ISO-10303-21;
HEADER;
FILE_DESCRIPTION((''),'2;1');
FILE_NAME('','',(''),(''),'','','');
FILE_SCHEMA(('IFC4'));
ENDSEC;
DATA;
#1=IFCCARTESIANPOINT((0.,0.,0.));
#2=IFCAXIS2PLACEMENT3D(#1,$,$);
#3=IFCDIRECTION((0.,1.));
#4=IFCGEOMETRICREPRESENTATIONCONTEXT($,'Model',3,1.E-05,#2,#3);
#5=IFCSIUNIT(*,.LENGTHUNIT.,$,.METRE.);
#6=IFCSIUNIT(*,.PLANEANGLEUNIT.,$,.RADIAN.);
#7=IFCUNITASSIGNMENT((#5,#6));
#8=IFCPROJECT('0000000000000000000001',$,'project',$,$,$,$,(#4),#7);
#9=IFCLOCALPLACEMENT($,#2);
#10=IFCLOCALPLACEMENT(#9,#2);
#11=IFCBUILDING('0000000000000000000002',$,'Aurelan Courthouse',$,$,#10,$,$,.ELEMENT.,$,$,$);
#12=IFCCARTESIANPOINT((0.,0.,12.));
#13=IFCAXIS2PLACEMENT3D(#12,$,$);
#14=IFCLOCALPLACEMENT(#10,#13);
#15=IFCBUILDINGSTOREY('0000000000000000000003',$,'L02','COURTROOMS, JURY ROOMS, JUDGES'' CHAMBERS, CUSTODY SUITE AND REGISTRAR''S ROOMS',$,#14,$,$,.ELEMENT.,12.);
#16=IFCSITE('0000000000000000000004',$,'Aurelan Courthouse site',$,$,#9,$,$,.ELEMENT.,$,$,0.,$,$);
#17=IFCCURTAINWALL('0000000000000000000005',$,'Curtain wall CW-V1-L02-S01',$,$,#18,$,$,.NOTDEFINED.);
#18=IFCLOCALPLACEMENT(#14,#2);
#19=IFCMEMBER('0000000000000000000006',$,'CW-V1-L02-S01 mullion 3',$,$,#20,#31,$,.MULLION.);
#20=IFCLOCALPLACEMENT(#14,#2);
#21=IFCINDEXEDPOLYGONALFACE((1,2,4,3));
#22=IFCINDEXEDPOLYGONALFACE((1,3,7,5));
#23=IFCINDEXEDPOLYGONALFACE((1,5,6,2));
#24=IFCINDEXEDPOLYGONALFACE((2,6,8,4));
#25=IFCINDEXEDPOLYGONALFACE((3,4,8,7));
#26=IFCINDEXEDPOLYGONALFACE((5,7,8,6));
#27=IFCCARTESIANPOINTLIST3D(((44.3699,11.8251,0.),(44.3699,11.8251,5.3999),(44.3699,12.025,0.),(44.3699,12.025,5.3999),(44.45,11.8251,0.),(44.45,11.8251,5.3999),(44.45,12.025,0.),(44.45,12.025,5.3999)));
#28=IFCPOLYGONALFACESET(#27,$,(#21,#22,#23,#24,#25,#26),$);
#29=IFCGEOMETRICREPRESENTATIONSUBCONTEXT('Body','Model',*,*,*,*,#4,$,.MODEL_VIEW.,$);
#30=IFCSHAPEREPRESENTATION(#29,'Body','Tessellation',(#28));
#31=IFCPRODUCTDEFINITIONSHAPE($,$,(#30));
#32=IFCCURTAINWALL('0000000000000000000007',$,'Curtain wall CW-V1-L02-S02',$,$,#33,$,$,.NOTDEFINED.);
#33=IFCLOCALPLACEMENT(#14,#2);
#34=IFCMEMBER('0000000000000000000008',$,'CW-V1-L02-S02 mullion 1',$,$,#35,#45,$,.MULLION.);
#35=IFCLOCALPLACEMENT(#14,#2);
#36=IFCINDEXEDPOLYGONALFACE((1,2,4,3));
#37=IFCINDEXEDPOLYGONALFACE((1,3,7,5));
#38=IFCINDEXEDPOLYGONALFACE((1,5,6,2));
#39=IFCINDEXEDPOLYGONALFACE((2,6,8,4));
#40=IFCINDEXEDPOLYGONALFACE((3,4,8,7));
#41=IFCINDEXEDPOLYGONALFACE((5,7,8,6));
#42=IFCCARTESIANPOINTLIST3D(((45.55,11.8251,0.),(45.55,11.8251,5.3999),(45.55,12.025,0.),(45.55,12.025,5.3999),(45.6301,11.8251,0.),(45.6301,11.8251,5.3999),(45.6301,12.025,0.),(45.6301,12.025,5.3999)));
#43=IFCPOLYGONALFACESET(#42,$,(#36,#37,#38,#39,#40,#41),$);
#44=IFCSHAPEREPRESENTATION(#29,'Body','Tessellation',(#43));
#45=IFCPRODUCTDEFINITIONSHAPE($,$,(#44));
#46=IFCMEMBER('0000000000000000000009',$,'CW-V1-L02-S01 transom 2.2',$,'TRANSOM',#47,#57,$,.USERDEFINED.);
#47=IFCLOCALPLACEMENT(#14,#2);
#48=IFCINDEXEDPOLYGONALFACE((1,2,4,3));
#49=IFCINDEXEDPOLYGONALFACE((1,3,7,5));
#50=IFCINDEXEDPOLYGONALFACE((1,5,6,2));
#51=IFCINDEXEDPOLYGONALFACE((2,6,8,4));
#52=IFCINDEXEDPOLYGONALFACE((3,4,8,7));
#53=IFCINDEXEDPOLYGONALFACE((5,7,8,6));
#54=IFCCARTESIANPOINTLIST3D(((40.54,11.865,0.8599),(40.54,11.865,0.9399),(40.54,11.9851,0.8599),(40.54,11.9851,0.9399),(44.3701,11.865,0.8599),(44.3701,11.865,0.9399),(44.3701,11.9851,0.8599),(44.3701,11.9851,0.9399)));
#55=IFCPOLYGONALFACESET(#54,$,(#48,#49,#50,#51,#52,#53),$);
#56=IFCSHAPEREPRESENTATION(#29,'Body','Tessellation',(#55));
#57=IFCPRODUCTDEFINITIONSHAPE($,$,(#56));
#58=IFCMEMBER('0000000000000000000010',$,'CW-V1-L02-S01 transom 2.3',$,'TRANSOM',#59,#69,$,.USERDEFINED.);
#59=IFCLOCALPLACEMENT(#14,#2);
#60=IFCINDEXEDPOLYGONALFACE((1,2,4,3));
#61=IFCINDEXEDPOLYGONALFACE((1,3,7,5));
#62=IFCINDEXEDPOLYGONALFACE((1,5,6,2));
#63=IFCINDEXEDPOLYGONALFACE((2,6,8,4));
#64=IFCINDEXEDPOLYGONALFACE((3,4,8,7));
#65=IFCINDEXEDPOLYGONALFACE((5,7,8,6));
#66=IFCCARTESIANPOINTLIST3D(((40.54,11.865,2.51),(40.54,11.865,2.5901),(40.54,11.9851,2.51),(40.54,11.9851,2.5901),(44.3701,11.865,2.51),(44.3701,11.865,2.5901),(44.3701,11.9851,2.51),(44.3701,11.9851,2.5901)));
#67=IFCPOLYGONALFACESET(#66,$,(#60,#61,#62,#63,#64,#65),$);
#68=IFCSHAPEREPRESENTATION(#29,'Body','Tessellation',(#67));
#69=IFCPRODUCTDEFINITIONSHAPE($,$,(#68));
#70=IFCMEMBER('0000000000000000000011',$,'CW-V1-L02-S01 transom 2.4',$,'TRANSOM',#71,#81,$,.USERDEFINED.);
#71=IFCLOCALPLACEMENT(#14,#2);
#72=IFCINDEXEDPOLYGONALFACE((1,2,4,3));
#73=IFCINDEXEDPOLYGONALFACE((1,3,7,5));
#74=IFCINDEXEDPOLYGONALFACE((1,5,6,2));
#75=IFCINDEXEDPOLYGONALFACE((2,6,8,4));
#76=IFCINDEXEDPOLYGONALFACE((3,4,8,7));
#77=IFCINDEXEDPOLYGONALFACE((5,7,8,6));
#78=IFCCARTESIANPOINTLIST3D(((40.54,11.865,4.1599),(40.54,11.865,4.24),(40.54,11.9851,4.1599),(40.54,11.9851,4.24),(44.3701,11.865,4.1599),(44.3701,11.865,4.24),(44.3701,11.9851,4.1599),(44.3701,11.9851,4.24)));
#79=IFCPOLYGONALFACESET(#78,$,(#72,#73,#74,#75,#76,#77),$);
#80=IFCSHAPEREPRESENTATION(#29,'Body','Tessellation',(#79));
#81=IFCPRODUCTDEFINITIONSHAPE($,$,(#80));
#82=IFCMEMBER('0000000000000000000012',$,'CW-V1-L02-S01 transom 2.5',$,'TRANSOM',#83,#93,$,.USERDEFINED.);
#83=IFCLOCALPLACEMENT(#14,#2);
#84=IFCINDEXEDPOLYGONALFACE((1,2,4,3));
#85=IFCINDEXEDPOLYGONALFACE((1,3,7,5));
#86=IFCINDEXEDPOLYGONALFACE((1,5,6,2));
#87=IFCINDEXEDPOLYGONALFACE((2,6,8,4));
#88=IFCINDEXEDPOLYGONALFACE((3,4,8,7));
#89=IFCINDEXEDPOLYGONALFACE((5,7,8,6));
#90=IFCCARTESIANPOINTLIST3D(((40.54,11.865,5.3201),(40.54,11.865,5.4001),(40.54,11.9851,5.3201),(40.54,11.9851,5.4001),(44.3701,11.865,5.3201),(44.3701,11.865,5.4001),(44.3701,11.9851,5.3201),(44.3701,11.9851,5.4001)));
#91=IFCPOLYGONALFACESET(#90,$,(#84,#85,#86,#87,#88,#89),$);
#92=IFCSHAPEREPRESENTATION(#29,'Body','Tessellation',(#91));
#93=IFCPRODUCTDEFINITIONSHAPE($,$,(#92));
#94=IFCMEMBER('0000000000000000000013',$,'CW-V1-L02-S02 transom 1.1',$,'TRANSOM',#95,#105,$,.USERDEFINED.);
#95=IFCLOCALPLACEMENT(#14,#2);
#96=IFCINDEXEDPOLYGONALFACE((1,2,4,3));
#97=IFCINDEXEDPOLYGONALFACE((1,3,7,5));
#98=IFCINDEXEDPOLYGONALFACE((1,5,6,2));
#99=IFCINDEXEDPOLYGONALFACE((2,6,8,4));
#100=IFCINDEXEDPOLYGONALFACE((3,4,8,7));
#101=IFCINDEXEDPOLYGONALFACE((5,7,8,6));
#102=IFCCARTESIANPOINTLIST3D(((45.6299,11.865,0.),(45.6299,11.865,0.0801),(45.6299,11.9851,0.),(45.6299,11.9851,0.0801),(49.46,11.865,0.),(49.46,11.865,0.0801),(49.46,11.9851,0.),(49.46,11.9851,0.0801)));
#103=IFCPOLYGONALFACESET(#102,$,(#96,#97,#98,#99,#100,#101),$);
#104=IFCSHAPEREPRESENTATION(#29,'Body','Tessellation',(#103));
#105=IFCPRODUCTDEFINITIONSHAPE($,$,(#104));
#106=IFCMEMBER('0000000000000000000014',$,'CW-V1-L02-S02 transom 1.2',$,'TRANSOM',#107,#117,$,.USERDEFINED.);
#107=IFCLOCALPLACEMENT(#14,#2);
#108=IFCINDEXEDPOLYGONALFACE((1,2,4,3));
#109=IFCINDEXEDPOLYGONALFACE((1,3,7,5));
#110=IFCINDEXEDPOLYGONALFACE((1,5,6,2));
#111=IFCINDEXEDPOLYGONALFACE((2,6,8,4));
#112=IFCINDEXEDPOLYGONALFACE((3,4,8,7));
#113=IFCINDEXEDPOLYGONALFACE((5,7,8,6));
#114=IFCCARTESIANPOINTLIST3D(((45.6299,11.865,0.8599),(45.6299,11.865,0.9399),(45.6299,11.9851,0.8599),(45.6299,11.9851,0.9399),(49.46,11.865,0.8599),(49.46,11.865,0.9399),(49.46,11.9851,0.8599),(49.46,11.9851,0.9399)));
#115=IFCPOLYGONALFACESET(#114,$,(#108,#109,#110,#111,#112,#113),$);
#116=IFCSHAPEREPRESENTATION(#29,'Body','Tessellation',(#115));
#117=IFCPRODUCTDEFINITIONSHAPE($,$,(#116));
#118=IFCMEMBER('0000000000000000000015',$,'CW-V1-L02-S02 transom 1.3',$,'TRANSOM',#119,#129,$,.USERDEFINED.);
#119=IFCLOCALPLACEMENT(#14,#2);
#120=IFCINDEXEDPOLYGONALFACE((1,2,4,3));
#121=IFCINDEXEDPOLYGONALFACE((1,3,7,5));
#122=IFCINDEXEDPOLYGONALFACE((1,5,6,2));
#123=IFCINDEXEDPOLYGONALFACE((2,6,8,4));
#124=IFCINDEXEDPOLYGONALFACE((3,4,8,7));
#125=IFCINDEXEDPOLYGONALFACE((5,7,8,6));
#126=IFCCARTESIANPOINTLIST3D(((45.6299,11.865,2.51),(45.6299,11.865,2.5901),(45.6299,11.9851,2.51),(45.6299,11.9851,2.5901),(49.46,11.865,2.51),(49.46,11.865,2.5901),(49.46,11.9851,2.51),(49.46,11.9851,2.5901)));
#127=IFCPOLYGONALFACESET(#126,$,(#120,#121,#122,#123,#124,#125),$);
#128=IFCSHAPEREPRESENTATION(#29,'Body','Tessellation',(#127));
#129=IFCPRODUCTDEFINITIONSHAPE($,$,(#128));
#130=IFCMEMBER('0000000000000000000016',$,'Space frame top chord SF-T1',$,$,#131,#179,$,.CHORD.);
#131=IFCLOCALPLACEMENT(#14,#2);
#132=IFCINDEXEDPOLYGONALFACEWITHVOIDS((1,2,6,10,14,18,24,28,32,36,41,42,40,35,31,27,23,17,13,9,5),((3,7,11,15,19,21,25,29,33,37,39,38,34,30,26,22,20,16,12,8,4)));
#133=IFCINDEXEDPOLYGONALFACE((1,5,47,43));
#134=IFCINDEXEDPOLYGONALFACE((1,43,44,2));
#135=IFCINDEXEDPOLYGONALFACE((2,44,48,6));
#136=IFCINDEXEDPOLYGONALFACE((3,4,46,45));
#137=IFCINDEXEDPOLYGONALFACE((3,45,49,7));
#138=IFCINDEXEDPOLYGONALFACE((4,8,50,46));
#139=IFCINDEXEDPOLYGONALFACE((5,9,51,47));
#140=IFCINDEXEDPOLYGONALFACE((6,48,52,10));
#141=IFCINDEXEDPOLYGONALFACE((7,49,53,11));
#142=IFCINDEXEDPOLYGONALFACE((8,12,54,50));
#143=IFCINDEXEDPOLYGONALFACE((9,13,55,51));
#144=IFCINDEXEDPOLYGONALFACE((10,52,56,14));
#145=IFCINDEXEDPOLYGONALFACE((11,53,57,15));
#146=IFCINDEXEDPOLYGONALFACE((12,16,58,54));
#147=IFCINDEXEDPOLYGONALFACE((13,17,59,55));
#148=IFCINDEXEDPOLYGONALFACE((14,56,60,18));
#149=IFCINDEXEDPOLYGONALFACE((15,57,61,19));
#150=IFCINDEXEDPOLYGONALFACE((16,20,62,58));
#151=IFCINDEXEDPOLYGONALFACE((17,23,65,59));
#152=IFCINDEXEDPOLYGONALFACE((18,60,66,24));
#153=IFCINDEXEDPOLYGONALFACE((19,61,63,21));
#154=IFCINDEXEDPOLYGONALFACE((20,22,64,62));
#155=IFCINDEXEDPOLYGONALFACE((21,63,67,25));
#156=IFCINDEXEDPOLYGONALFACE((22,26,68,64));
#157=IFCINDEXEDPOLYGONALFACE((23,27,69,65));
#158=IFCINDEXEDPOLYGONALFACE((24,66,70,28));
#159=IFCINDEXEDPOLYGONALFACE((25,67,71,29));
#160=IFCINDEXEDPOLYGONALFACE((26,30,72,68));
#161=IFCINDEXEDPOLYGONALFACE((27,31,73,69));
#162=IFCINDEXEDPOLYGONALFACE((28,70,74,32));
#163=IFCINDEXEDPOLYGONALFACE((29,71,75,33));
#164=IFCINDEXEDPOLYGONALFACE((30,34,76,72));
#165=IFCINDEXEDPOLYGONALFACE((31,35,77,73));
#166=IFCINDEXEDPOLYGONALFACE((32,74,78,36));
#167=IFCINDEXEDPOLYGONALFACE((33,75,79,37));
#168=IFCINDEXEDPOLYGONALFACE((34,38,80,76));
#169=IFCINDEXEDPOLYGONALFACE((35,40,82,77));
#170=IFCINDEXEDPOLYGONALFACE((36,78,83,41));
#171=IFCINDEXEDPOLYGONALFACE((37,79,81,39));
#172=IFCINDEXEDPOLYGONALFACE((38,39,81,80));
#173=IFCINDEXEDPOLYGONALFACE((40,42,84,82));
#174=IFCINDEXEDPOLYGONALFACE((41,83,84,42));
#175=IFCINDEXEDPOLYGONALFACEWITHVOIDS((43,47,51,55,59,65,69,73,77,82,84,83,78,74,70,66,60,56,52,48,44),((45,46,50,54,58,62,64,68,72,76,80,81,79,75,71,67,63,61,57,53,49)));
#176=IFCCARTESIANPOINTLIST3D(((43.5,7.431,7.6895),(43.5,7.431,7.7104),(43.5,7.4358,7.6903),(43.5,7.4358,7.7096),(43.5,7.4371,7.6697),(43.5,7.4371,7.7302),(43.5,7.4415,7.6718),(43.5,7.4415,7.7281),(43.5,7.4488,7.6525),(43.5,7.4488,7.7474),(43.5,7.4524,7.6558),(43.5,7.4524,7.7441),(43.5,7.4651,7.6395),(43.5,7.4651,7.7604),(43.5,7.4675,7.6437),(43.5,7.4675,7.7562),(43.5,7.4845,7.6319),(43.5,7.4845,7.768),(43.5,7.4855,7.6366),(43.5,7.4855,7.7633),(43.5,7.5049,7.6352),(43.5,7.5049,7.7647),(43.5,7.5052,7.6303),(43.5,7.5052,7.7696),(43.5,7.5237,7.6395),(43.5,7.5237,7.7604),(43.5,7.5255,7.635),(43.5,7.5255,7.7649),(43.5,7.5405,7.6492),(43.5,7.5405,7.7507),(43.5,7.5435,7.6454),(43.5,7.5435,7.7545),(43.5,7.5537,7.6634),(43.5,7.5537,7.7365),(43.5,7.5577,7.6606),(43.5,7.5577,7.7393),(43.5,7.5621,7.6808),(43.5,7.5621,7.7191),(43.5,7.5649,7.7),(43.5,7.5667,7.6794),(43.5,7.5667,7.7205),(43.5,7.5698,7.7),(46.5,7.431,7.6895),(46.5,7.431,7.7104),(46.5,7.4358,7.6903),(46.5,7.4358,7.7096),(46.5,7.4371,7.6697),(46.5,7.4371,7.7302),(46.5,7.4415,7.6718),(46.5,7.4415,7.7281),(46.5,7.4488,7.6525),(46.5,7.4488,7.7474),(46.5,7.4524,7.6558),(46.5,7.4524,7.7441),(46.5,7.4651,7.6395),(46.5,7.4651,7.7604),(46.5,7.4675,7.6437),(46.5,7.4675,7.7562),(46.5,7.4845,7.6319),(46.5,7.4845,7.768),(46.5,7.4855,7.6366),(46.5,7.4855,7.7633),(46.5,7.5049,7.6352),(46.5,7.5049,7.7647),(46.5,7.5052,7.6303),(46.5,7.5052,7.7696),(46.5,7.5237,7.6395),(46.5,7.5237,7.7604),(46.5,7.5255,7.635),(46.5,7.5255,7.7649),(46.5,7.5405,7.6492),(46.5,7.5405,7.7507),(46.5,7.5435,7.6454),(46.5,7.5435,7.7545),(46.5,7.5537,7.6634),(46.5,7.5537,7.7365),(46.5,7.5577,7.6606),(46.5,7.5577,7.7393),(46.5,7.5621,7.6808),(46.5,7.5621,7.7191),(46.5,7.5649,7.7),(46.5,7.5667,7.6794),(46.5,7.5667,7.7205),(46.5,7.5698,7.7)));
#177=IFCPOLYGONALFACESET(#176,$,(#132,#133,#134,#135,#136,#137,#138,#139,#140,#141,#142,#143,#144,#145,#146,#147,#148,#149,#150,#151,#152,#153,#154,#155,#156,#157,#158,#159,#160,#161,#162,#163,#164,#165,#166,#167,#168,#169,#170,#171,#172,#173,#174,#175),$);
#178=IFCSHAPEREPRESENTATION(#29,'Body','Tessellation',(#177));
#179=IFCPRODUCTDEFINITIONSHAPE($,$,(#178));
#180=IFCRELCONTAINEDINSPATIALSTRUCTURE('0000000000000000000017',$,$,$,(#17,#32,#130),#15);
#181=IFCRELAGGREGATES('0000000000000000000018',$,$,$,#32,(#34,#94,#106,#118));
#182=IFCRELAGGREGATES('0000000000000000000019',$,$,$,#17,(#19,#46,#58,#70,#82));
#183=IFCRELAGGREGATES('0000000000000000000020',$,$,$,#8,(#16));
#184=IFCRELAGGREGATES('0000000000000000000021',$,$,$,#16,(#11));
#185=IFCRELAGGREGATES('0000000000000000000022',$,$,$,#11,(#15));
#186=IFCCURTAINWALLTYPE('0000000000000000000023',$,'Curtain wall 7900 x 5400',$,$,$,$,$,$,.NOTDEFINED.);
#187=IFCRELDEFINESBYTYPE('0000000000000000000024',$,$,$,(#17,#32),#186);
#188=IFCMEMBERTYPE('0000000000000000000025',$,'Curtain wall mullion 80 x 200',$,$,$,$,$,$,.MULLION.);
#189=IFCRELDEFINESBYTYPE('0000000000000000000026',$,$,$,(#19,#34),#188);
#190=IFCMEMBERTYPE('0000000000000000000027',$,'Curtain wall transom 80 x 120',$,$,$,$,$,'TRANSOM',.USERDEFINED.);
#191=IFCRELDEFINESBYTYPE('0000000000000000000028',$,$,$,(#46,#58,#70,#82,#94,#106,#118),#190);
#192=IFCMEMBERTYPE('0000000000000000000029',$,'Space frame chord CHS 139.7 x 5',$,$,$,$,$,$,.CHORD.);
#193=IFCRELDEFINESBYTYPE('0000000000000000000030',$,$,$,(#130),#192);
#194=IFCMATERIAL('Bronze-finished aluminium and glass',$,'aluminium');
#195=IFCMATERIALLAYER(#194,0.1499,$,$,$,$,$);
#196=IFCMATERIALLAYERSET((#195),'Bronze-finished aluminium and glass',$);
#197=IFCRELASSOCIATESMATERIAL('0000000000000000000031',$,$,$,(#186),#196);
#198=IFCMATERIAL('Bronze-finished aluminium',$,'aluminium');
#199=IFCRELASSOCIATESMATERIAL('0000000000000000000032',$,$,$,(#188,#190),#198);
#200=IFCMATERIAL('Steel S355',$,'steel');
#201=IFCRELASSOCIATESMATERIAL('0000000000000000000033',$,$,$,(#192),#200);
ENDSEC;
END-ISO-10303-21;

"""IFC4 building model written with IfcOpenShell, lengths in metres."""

from ifc_helpers import new_model, si_unit, direction, frame, origin, origin_2d, place, context, subcontext, project, spatial, rectangle, hollow_circle, extrude, material, layer, layer_set, material_profile, profile_set, type_object, element, aggregate, save


model = new_model("IFC4")

# Units and contexts
model_context = context("Model", 3, precision=1e-05, world=origin(), true_north=direction((0.0, 1.0)))
body_context = subcontext(model_context, "Body", "Model", "MODEL_VIEW")
ifc_project = project(units=[si_unit("LENGTHUNIT", "METRE"), si_unit("PLANEANGLEUNIT", "RADIAN")], contexts=[model_context])

# Site, building, storey
site_placement = place(None, origin())
site = spatial("IfcSite", under=ifc_project, at=site_placement, Name="Aurelan Courthouse site", CompositionType="ELEMENT", RefElevation=0.0)
building_placement = place(site_placement, origin())
building = spatial("IfcBuilding", under=site, at=building_placement, Name="Aurelan Courthouse", CompositionType="ELEMENT")
storey_placement = place(building_placement, frame((0.0, 0.0, 12.0)))
storey = spatial("IfcBuildingStorey", under=building, at=storey_placement, Name="L02", Description="COURTROOMS, JURY ROOMS, JUDGES' CHAMBERS, CUSTODY SUITE AND REGISTRAR'S ROOMS", CompositionType="ELEMENT", Elevation=12.0)

# Curtain walls, members
ifc_material_1 = material(Name="Bronze-finished aluminium and glass", Category="aluminium")
ifc_layer_1 = layer(ifc_material_1, 0.1499)
ifc_layer_set_1 = layer_set([ifc_layer_1], Name="Bronze-finished aluminium and glass")
curtain_wall_type = type_object("IfcCurtainWallType", Name="Curtain wall 7900 x 5400", PredefinedType="NOTDEFINED", material=ifc_layer_set_1)
curtain_wall_1_placement = place(storey_placement, origin())
curtain_wall_1 = element("IfcCurtainWall", 1, at=curtain_wall_1_placement, inside=storey, type_object=curtain_wall_type, Name="Curtain wall CW-V1-L02-S01", PredefinedType="NOTDEFINED")
ifc_material_2 = material(Name="Bronze-finished aluminium", Category="aluminium")
ifc_material_profile_1 = material_profile(ifc_material_2, rectangle(XDim=0.2, YDim=0.0801, at=origin_2d()), Name="Bronze mullion 80 x 200")
ifc_profile_set_1 = profile_set([ifc_material_profile_1], Name="Bronze-finished aluminium")
member_type_1 = type_object("IfcMemberType", Name="Curtain wall mullion 80 x 200", PredefinedType="MULLION", material=ifc_profile_set_1)
member_1_placement = place(storey_placement, frame((44.4099, 11.925, 0.0), z_axis=(0.0, 0.0, 1.0), x_axis=(0.0, 1.0, 0.0)))
member_1 = element("IfcMember", 2, at=member_1_placement, type_object=member_type_1, Name="CW-V1-L02-S01 mullion 3", PredefinedType="MULLION", context=body_context, shape_type="SweptSolid", body=[
    extrude(rectangle(XDim=0.2, YDim=0.0801, at=origin_2d()), origin(), (0.0, 0.0, 1.0), 5.3999),
])
curtain_wall_2_placement = place(storey_placement, origin())
curtain_wall_2 = element("IfcCurtainWall", 3, at=curtain_wall_2_placement, inside=storey, type_object=curtain_wall_type, Name="Curtain wall CW-V1-L02-S02", PredefinedType="NOTDEFINED")
member_2_placement = place(storey_placement, frame((45.5901, 11.925, 0.0), z_axis=(0.0, 0.0, 1.0), x_axis=(0.0, 1.0, 0.0)))
member_2 = element("IfcMember", 4, at=member_2_placement, type_object=member_type_1, Name="CW-V1-L02-S02 mullion 1", PredefinedType="MULLION", context=body_context, shape_type="SweptSolid", body=[
    extrude(rectangle(XDim=0.2, YDim=0.0801, at=origin_2d()), origin(), (0.0, 0.0, 1.0), 5.3999),
])

# Members
ifc_material_profile_2 = material_profile(ifc_material_2, rectangle(XDim=0.1201, YDim=0.0801, at=origin_2d()), Name="Bronze transom 80 x 120")
ifc_profile_set_2 = profile_set([ifc_material_profile_2], Name="Bronze-finished aluminium")
member_type_2 = type_object("IfcMemberType", Name="Curtain wall transom 80 x 120", ElementType="TRANSOM", PredefinedType="USERDEFINED", material=ifc_profile_set_2)
member_3_placement = place(storey_placement, frame((40.54, 11.925, 0.8999), z_axis=(1.0, 0.0, 0.0), x_axis=(0.0, 1.0, 0.0)))
member_3 = element("IfcMember", 5, at=member_3_placement, type_object=member_type_2, Name="CW-V1-L02-S01 transom 2.2", ObjectType="TRANSOM", PredefinedType="USERDEFINED", context=body_context, shape_type="SweptSolid", body=[
    extrude(rectangle(XDim=0.1201, YDim=0.0801, at=origin_2d()), origin(), (0.0, 0.0, 1.0), 3.8301),
])
member_4_placement = place(storey_placement, frame((40.54, 11.925, 2.55), z_axis=(1.0, 0.0, 0.0), x_axis=(0.0, 1.0, 0.0)))
member_4 = element("IfcMember", 6, at=member_4_placement, type_object=member_type_2, Name="CW-V1-L02-S01 transom 2.3", ObjectType="TRANSOM", PredefinedType="USERDEFINED", context=body_context, shape_type="SweptSolid", body=[
    extrude(rectangle(XDim=0.1201, YDim=0.0801, at=origin_2d()), origin(), (0.0, 0.0, 1.0), 3.8301),
])
member_5_placement = place(storey_placement, frame((40.54, 11.925, 4.2), z_axis=(1.0, 0.0, 0.0), x_axis=(0.0, 1.0, 0.0)))
member_5 = element("IfcMember", 7, at=member_5_placement, type_object=member_type_2, Name="CW-V1-L02-S01 transom 2.4", ObjectType="TRANSOM", PredefinedType="USERDEFINED", context=body_context, shape_type="SweptSolid", body=[
    extrude(rectangle(XDim=0.1201, YDim=0.0801, at=origin_2d()), origin(), (0.0, 0.0, 1.0), 3.8301),
])
member_6_placement = place(storey_placement, frame((40.54, 11.925, 5.3601), z_axis=(1.0, 0.0, 0.0), x_axis=(0.0, 1.0, 0.0)))
member_6 = element("IfcMember", 8, at=member_6_placement, type_object=member_type_2, Name="CW-V1-L02-S01 transom 2.5", ObjectType="TRANSOM", PredefinedType="USERDEFINED", context=body_context, shape_type="SweptSolid", body=[
    extrude(rectangle(XDim=0.1201, YDim=0.0801, at=origin_2d()), origin(), (0.0, 0.0, 1.0), 3.8301),
])
member_7_placement = place(storey_placement, frame((45.6299, 11.925, 0.04), z_axis=(1.0, 0.0, 0.0), x_axis=(0.0, 1.0, 0.0)))
member_7 = element("IfcMember", 9, at=member_7_placement, type_object=member_type_2, Name="CW-V1-L02-S02 transom 1.1", ObjectType="TRANSOM", PredefinedType="USERDEFINED", context=body_context, shape_type="SweptSolid", body=[
    extrude(rectangle(XDim=0.1201, YDim=0.0801, at=origin_2d()), origin(), (0.0, 0.0, 1.0), 3.8301),
])
member_8_placement = place(storey_placement, frame((45.6299, 11.925, 0.8999), z_axis=(1.0, 0.0, 0.0), x_axis=(0.0, 1.0, 0.0)))
member_8 = element("IfcMember", 10, at=member_8_placement, type_object=member_type_2, Name="CW-V1-L02-S02 transom 1.2", ObjectType="TRANSOM", PredefinedType="USERDEFINED", context=body_context, shape_type="SweptSolid", body=[
    extrude(rectangle(XDim=0.1201, YDim=0.0801, at=origin_2d()), origin(), (0.0, 0.0, 1.0), 3.8301),
])
member_9_placement = place(storey_placement, frame((45.6299, 11.925, 2.55), z_axis=(1.0, 0.0, 0.0), x_axis=(0.0, 1.0, 0.0)))
member_9 = element("IfcMember", 11, at=member_9_placement, type_object=member_type_2, Name="CW-V1-L02-S02 transom 1.3", ObjectType="TRANSOM", PredefinedType="USERDEFINED", context=body_context, shape_type="SweptSolid", body=[
    extrude(rectangle(XDim=0.1201, YDim=0.0801, at=origin_2d()), origin(), (0.0, 0.0, 1.0), 3.8301),
])
aggregate(curtain_wall_2, [member_2, member_7, member_8, member_9])

# Member
ifc_material_3 = material(Name="Steel S355", Category="steel")
ifc_material_profile_3 = material_profile(ifc_material_3, hollow_circle(Radius=0.0698, WallThickness=0.0049, at=origin_2d()), Name="CHS 139.7 x 5")
ifc_profile_set_3 = profile_set([ifc_material_profile_3], Name="Steel S355")
member_type_3 = type_object("IfcMemberType", Name="Space frame chord CHS 139.7 x 5", PredefinedType="CHORD", material=ifc_profile_set_3)
for number, where, z_axis, x_axis, name in (
    (12, (43.5, 7.5, 7.7), (1.0, 0.0, 0.0), (0.0, 1.0, 0.0), "Space frame top chord SF-T1"),
):
    element("IfcMember", number, at=place(storey_placement, frame(where, z_axis=z_axis, x_axis=x_axis)), inside=storey, type_object=member_type_3, Name=name, PredefinedType="CHORD", context=body_context, shape_type="SweptSolid", body=[
        extrude(hollow_circle(Radius=0.0698, WallThickness=0.0049, at=origin_2d()), origin(), (0.0, 0.0, 1.0), 3.0),
    ])

aggregate(curtain_wall_1, [member_1, member_3, member_4, member_5, member_6])

save(model, "model.ifc")
